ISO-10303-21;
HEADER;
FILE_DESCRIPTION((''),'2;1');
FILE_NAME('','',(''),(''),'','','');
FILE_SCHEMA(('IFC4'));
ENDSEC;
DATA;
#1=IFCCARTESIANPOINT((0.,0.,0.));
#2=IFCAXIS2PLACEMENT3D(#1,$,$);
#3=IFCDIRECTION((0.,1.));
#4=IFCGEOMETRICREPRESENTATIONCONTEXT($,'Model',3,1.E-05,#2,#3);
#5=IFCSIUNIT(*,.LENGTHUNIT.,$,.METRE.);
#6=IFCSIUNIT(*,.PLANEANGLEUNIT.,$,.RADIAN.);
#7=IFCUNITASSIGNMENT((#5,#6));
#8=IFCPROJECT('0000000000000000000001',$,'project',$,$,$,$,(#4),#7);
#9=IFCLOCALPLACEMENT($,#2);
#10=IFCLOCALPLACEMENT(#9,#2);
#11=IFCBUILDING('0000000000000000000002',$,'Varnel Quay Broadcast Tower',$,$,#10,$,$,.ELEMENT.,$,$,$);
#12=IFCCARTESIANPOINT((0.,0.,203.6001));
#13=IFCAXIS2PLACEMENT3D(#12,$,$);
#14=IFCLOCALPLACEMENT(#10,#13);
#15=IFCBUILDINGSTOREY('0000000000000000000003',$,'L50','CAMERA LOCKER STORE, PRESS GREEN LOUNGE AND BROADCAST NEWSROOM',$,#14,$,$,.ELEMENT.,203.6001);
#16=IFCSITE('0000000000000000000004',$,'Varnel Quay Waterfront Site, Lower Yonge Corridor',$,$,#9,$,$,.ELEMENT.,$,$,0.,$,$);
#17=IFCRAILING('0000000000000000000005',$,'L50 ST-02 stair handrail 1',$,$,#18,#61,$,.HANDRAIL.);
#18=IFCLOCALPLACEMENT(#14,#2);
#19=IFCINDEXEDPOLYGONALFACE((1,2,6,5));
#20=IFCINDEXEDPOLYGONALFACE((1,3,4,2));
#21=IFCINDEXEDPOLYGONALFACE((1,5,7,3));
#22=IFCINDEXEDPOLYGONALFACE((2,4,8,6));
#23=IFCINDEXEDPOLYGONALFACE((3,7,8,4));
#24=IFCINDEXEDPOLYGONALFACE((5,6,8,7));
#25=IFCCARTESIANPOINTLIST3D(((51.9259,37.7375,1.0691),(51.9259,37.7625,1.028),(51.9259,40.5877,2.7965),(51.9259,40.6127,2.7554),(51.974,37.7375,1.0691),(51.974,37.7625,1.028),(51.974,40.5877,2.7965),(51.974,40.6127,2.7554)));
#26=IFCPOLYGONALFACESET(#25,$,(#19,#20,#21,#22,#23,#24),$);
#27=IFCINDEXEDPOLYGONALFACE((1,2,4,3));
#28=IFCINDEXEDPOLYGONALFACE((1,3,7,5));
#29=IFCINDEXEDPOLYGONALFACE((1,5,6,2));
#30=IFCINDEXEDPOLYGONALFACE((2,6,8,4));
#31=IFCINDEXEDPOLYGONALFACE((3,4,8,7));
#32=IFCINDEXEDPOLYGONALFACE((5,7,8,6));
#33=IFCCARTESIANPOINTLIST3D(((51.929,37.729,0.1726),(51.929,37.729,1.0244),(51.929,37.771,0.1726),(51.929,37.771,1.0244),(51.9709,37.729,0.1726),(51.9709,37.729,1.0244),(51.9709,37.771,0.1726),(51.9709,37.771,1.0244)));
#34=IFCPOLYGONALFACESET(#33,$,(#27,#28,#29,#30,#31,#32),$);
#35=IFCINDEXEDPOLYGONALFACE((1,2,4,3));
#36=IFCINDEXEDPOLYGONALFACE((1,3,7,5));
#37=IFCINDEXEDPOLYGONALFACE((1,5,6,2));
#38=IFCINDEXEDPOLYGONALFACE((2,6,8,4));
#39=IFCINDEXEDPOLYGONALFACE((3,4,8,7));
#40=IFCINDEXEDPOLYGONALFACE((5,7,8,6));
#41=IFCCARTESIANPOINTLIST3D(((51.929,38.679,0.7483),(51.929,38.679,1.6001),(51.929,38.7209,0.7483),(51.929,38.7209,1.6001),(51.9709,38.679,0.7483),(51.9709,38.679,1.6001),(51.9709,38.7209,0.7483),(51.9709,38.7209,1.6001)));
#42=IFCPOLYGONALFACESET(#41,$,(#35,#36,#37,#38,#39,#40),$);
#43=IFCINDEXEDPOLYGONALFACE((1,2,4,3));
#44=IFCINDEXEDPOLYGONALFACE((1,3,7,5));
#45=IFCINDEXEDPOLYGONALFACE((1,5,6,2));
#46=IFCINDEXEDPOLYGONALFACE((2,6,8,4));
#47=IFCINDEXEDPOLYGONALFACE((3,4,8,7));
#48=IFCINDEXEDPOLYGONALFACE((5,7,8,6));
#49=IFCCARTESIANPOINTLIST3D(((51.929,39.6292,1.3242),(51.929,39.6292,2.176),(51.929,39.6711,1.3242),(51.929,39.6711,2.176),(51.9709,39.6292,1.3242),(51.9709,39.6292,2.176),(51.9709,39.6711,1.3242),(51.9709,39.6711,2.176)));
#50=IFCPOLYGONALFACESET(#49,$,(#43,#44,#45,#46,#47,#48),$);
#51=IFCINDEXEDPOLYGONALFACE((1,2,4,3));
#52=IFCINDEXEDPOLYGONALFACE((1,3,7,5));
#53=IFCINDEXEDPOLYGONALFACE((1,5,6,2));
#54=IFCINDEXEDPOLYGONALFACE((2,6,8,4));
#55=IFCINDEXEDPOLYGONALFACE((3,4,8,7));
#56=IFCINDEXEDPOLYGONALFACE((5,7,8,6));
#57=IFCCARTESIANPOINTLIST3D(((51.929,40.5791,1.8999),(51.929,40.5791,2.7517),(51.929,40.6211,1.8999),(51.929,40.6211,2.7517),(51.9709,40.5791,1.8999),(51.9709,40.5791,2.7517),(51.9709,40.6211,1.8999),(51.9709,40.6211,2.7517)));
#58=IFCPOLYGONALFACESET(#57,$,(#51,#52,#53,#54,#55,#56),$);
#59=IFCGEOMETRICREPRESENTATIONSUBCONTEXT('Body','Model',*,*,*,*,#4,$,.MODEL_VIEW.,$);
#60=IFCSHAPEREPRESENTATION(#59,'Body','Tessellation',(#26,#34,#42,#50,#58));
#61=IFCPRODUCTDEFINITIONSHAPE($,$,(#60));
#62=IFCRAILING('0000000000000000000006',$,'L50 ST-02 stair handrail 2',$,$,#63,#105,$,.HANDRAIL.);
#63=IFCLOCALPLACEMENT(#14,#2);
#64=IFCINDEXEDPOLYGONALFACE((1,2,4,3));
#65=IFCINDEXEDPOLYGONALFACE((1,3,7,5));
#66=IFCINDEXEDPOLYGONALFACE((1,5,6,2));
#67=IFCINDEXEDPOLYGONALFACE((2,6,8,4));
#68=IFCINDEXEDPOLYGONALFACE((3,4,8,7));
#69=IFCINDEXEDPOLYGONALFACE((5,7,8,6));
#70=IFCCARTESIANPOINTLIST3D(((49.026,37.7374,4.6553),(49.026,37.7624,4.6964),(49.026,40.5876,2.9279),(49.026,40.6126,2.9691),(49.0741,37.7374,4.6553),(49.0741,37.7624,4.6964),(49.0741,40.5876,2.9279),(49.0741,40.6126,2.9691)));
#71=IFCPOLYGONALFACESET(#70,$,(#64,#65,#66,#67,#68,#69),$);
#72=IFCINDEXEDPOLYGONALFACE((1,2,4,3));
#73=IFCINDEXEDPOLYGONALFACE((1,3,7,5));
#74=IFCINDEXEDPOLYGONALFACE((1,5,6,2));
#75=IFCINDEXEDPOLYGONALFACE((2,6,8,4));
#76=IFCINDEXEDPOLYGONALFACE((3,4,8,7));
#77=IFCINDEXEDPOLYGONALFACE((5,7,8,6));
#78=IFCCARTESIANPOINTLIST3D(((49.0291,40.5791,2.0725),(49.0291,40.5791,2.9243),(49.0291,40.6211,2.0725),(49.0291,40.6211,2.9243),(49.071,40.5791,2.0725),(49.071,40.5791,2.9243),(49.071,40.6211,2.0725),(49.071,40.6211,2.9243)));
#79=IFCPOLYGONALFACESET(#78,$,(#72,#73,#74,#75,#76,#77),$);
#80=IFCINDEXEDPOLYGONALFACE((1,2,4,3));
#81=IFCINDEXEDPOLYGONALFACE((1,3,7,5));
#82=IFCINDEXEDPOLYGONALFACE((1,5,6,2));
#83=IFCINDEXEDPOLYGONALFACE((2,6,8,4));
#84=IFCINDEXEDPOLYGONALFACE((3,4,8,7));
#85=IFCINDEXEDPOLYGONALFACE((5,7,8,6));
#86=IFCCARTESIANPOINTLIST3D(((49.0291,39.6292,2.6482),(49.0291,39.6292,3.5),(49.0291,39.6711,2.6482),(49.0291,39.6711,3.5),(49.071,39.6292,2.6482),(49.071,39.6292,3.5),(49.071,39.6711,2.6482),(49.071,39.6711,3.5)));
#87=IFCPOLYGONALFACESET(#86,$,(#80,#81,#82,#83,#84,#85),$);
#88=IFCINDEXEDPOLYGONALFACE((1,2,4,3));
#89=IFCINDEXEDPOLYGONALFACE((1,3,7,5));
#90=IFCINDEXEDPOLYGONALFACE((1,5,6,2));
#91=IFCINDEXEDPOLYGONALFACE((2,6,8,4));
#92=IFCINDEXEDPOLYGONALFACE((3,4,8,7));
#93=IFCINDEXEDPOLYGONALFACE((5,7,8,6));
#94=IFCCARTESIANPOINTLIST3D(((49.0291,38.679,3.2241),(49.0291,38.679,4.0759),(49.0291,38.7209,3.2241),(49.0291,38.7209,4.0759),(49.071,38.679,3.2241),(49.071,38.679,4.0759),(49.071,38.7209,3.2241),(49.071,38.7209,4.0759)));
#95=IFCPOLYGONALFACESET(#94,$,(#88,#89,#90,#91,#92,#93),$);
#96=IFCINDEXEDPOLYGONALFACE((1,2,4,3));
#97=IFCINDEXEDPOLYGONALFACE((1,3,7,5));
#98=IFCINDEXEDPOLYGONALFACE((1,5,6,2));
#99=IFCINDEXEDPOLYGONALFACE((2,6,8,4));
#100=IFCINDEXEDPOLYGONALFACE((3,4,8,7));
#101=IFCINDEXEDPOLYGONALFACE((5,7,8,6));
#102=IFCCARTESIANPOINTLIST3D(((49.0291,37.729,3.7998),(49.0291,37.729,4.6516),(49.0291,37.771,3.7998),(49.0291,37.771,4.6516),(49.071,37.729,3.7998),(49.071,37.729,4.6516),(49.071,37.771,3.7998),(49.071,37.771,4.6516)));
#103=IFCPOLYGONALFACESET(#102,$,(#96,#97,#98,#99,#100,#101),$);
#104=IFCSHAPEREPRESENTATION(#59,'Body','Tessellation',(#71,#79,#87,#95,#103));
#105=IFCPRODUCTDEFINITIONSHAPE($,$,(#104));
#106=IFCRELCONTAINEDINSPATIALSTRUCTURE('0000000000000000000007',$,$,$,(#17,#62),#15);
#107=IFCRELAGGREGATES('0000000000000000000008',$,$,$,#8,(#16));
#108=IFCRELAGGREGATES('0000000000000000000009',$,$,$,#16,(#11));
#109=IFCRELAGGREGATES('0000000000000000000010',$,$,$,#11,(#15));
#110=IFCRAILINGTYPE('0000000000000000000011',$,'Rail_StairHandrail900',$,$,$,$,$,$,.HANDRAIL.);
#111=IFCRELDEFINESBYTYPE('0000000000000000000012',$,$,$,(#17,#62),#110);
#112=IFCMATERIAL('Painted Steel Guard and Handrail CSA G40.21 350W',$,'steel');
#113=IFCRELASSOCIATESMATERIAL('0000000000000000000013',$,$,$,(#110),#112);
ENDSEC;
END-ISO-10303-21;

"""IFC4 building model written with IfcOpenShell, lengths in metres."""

from ifc_helpers import new_model, si_unit, direction, frame, origin, origin_2d, place, context, subcontext, project, spatial, rectangle, extrude, material, type_object, element, save


model = new_model("IFC4")

# Units and contexts
model_context = context("Model", 3, precision=1e-05, world=origin(), true_north=direction((0.0, 1.0)))
body_context = subcontext(model_context, "Body", "Model", "MODEL_VIEW")
ifc_project = project(units=[si_unit("LENGTHUNIT", "METRE"), si_unit("PLANEANGLEUNIT", "RADIAN")], contexts=[model_context])

# Site, building, storey
site_placement = place(None, origin())
site = spatial("IfcSite", under=ifc_project, at=site_placement, Name="Varnel Quay Waterfront Site, Lower Yonge Corridor", CompositionType="ELEMENT", RefElevation=0.0)
building_placement = place(site_placement, origin())
building = spatial("IfcBuilding", under=site, at=building_placement, Name="Varnel Quay Broadcast Tower", CompositionType="ELEMENT")
storey_placement = place(building_placement, frame((0.0, 0.0, 203.6001)))
storey = spatial("IfcBuildingStorey", under=building, at=storey_placement, Name="L50", Description="CAMERA LOCKER STORE, PRESS GREEN LOUNGE AND BROADCAST NEWSROOM", CompositionType="ELEMENT", Elevation=203.6001)

# Railings
ifc_material_1 = material(Name="Painted Steel Guard and Handrail CSA G40.21 350W", Category="steel")
railing_type_1 = type_object("IfcRailingType", Name="Rail_StairHandrail900", PredefinedType="HANDRAIL", material=ifc_material_1)
railing_1_placement = place(storey_placement, frame((51.95, 37.75, 0.1726)))
element("IfcRailing", 1, at=railing_1_placement, inside=storey, type_object=railing_type_1, Name="L50 ST-02 stair handrail 1", PredefinedType="HANDRAIL", context=body_context, shape_type="SweptSolid", body=[
    extrude(rectangle(XDim=0.0481, YDim=0.0481, at=origin_2d()), frame((0.0, 0.0, 0.876), z_axis=(0.0, 0.855203, 0.518294), x_axis=(-1.0, 0.0, 0.0)), (0.0, 0.0, 1.0), 3.3328),
    extrude(rectangle(XDim=0.042, YDim=0.042, at=origin_2d()), origin(), (0.0, 0.0, 1.0), 0.8518),
    extrude(rectangle(XDim=0.042, YDim=0.042, at=origin_2d()), frame((0.0, 0.95, 0.5757)), (0.0, 0.0, 1.0), 0.8518),
    extrude(rectangle(XDim=0.042, YDim=0.042, at=origin_2d()), frame((0.0, 1.9001, 1.1516)), (0.0, 0.0, 1.0), 0.8518),
    extrude(rectangle(XDim=0.042, YDim=0.042, at=origin_2d()), frame((0.0, 2.8501, 1.7273)), (0.0, 0.0, 1.0), 0.8518),
])
railing_2_placement = place(storey_placement, frame((49.05, 40.6001, 2.0725)))
element("IfcRailing", 2, at=railing_2_placement, inside=storey, type_object=railing_type_1, Name="L50 ST-02 stair handrail 2", PredefinedType="HANDRAIL", context=body_context, shape_type="SweptSolid", body=[
    extrude(rectangle(XDim=0.0481, YDim=0.0481, at=origin_2d()), frame((0.0, 0.0, 0.876), z_axis=(0.0, -0.855203, 0.518294), x_axis=(1.0, 0.0, 0.0)), (0.0, 0.0, 1.0), 3.3328),
    extrude(rectangle(XDim=0.042, YDim=0.042, at=origin_2d()), origin(), (0.0, 0.0, 1.0), 0.8518),
    extrude(rectangle(XDim=0.042, YDim=0.042, at=origin_2d()), frame((0.0, -0.95, 0.5757)), (0.0, 0.0, 1.0), 0.8518),
    extrude(rectangle(XDim=0.042, YDim=0.042, at=origin_2d()), frame((0.0, -1.9001, 1.1516)), (0.0, 0.0, 1.0), 0.8518),
    extrude(rectangle(XDim=0.042, YDim=0.042, at=origin_2d()), frame((0.0, -2.8501, 1.7273)), (0.0, 0.0, 1.0), 0.8518),
])

save(model, "model.ifc")
